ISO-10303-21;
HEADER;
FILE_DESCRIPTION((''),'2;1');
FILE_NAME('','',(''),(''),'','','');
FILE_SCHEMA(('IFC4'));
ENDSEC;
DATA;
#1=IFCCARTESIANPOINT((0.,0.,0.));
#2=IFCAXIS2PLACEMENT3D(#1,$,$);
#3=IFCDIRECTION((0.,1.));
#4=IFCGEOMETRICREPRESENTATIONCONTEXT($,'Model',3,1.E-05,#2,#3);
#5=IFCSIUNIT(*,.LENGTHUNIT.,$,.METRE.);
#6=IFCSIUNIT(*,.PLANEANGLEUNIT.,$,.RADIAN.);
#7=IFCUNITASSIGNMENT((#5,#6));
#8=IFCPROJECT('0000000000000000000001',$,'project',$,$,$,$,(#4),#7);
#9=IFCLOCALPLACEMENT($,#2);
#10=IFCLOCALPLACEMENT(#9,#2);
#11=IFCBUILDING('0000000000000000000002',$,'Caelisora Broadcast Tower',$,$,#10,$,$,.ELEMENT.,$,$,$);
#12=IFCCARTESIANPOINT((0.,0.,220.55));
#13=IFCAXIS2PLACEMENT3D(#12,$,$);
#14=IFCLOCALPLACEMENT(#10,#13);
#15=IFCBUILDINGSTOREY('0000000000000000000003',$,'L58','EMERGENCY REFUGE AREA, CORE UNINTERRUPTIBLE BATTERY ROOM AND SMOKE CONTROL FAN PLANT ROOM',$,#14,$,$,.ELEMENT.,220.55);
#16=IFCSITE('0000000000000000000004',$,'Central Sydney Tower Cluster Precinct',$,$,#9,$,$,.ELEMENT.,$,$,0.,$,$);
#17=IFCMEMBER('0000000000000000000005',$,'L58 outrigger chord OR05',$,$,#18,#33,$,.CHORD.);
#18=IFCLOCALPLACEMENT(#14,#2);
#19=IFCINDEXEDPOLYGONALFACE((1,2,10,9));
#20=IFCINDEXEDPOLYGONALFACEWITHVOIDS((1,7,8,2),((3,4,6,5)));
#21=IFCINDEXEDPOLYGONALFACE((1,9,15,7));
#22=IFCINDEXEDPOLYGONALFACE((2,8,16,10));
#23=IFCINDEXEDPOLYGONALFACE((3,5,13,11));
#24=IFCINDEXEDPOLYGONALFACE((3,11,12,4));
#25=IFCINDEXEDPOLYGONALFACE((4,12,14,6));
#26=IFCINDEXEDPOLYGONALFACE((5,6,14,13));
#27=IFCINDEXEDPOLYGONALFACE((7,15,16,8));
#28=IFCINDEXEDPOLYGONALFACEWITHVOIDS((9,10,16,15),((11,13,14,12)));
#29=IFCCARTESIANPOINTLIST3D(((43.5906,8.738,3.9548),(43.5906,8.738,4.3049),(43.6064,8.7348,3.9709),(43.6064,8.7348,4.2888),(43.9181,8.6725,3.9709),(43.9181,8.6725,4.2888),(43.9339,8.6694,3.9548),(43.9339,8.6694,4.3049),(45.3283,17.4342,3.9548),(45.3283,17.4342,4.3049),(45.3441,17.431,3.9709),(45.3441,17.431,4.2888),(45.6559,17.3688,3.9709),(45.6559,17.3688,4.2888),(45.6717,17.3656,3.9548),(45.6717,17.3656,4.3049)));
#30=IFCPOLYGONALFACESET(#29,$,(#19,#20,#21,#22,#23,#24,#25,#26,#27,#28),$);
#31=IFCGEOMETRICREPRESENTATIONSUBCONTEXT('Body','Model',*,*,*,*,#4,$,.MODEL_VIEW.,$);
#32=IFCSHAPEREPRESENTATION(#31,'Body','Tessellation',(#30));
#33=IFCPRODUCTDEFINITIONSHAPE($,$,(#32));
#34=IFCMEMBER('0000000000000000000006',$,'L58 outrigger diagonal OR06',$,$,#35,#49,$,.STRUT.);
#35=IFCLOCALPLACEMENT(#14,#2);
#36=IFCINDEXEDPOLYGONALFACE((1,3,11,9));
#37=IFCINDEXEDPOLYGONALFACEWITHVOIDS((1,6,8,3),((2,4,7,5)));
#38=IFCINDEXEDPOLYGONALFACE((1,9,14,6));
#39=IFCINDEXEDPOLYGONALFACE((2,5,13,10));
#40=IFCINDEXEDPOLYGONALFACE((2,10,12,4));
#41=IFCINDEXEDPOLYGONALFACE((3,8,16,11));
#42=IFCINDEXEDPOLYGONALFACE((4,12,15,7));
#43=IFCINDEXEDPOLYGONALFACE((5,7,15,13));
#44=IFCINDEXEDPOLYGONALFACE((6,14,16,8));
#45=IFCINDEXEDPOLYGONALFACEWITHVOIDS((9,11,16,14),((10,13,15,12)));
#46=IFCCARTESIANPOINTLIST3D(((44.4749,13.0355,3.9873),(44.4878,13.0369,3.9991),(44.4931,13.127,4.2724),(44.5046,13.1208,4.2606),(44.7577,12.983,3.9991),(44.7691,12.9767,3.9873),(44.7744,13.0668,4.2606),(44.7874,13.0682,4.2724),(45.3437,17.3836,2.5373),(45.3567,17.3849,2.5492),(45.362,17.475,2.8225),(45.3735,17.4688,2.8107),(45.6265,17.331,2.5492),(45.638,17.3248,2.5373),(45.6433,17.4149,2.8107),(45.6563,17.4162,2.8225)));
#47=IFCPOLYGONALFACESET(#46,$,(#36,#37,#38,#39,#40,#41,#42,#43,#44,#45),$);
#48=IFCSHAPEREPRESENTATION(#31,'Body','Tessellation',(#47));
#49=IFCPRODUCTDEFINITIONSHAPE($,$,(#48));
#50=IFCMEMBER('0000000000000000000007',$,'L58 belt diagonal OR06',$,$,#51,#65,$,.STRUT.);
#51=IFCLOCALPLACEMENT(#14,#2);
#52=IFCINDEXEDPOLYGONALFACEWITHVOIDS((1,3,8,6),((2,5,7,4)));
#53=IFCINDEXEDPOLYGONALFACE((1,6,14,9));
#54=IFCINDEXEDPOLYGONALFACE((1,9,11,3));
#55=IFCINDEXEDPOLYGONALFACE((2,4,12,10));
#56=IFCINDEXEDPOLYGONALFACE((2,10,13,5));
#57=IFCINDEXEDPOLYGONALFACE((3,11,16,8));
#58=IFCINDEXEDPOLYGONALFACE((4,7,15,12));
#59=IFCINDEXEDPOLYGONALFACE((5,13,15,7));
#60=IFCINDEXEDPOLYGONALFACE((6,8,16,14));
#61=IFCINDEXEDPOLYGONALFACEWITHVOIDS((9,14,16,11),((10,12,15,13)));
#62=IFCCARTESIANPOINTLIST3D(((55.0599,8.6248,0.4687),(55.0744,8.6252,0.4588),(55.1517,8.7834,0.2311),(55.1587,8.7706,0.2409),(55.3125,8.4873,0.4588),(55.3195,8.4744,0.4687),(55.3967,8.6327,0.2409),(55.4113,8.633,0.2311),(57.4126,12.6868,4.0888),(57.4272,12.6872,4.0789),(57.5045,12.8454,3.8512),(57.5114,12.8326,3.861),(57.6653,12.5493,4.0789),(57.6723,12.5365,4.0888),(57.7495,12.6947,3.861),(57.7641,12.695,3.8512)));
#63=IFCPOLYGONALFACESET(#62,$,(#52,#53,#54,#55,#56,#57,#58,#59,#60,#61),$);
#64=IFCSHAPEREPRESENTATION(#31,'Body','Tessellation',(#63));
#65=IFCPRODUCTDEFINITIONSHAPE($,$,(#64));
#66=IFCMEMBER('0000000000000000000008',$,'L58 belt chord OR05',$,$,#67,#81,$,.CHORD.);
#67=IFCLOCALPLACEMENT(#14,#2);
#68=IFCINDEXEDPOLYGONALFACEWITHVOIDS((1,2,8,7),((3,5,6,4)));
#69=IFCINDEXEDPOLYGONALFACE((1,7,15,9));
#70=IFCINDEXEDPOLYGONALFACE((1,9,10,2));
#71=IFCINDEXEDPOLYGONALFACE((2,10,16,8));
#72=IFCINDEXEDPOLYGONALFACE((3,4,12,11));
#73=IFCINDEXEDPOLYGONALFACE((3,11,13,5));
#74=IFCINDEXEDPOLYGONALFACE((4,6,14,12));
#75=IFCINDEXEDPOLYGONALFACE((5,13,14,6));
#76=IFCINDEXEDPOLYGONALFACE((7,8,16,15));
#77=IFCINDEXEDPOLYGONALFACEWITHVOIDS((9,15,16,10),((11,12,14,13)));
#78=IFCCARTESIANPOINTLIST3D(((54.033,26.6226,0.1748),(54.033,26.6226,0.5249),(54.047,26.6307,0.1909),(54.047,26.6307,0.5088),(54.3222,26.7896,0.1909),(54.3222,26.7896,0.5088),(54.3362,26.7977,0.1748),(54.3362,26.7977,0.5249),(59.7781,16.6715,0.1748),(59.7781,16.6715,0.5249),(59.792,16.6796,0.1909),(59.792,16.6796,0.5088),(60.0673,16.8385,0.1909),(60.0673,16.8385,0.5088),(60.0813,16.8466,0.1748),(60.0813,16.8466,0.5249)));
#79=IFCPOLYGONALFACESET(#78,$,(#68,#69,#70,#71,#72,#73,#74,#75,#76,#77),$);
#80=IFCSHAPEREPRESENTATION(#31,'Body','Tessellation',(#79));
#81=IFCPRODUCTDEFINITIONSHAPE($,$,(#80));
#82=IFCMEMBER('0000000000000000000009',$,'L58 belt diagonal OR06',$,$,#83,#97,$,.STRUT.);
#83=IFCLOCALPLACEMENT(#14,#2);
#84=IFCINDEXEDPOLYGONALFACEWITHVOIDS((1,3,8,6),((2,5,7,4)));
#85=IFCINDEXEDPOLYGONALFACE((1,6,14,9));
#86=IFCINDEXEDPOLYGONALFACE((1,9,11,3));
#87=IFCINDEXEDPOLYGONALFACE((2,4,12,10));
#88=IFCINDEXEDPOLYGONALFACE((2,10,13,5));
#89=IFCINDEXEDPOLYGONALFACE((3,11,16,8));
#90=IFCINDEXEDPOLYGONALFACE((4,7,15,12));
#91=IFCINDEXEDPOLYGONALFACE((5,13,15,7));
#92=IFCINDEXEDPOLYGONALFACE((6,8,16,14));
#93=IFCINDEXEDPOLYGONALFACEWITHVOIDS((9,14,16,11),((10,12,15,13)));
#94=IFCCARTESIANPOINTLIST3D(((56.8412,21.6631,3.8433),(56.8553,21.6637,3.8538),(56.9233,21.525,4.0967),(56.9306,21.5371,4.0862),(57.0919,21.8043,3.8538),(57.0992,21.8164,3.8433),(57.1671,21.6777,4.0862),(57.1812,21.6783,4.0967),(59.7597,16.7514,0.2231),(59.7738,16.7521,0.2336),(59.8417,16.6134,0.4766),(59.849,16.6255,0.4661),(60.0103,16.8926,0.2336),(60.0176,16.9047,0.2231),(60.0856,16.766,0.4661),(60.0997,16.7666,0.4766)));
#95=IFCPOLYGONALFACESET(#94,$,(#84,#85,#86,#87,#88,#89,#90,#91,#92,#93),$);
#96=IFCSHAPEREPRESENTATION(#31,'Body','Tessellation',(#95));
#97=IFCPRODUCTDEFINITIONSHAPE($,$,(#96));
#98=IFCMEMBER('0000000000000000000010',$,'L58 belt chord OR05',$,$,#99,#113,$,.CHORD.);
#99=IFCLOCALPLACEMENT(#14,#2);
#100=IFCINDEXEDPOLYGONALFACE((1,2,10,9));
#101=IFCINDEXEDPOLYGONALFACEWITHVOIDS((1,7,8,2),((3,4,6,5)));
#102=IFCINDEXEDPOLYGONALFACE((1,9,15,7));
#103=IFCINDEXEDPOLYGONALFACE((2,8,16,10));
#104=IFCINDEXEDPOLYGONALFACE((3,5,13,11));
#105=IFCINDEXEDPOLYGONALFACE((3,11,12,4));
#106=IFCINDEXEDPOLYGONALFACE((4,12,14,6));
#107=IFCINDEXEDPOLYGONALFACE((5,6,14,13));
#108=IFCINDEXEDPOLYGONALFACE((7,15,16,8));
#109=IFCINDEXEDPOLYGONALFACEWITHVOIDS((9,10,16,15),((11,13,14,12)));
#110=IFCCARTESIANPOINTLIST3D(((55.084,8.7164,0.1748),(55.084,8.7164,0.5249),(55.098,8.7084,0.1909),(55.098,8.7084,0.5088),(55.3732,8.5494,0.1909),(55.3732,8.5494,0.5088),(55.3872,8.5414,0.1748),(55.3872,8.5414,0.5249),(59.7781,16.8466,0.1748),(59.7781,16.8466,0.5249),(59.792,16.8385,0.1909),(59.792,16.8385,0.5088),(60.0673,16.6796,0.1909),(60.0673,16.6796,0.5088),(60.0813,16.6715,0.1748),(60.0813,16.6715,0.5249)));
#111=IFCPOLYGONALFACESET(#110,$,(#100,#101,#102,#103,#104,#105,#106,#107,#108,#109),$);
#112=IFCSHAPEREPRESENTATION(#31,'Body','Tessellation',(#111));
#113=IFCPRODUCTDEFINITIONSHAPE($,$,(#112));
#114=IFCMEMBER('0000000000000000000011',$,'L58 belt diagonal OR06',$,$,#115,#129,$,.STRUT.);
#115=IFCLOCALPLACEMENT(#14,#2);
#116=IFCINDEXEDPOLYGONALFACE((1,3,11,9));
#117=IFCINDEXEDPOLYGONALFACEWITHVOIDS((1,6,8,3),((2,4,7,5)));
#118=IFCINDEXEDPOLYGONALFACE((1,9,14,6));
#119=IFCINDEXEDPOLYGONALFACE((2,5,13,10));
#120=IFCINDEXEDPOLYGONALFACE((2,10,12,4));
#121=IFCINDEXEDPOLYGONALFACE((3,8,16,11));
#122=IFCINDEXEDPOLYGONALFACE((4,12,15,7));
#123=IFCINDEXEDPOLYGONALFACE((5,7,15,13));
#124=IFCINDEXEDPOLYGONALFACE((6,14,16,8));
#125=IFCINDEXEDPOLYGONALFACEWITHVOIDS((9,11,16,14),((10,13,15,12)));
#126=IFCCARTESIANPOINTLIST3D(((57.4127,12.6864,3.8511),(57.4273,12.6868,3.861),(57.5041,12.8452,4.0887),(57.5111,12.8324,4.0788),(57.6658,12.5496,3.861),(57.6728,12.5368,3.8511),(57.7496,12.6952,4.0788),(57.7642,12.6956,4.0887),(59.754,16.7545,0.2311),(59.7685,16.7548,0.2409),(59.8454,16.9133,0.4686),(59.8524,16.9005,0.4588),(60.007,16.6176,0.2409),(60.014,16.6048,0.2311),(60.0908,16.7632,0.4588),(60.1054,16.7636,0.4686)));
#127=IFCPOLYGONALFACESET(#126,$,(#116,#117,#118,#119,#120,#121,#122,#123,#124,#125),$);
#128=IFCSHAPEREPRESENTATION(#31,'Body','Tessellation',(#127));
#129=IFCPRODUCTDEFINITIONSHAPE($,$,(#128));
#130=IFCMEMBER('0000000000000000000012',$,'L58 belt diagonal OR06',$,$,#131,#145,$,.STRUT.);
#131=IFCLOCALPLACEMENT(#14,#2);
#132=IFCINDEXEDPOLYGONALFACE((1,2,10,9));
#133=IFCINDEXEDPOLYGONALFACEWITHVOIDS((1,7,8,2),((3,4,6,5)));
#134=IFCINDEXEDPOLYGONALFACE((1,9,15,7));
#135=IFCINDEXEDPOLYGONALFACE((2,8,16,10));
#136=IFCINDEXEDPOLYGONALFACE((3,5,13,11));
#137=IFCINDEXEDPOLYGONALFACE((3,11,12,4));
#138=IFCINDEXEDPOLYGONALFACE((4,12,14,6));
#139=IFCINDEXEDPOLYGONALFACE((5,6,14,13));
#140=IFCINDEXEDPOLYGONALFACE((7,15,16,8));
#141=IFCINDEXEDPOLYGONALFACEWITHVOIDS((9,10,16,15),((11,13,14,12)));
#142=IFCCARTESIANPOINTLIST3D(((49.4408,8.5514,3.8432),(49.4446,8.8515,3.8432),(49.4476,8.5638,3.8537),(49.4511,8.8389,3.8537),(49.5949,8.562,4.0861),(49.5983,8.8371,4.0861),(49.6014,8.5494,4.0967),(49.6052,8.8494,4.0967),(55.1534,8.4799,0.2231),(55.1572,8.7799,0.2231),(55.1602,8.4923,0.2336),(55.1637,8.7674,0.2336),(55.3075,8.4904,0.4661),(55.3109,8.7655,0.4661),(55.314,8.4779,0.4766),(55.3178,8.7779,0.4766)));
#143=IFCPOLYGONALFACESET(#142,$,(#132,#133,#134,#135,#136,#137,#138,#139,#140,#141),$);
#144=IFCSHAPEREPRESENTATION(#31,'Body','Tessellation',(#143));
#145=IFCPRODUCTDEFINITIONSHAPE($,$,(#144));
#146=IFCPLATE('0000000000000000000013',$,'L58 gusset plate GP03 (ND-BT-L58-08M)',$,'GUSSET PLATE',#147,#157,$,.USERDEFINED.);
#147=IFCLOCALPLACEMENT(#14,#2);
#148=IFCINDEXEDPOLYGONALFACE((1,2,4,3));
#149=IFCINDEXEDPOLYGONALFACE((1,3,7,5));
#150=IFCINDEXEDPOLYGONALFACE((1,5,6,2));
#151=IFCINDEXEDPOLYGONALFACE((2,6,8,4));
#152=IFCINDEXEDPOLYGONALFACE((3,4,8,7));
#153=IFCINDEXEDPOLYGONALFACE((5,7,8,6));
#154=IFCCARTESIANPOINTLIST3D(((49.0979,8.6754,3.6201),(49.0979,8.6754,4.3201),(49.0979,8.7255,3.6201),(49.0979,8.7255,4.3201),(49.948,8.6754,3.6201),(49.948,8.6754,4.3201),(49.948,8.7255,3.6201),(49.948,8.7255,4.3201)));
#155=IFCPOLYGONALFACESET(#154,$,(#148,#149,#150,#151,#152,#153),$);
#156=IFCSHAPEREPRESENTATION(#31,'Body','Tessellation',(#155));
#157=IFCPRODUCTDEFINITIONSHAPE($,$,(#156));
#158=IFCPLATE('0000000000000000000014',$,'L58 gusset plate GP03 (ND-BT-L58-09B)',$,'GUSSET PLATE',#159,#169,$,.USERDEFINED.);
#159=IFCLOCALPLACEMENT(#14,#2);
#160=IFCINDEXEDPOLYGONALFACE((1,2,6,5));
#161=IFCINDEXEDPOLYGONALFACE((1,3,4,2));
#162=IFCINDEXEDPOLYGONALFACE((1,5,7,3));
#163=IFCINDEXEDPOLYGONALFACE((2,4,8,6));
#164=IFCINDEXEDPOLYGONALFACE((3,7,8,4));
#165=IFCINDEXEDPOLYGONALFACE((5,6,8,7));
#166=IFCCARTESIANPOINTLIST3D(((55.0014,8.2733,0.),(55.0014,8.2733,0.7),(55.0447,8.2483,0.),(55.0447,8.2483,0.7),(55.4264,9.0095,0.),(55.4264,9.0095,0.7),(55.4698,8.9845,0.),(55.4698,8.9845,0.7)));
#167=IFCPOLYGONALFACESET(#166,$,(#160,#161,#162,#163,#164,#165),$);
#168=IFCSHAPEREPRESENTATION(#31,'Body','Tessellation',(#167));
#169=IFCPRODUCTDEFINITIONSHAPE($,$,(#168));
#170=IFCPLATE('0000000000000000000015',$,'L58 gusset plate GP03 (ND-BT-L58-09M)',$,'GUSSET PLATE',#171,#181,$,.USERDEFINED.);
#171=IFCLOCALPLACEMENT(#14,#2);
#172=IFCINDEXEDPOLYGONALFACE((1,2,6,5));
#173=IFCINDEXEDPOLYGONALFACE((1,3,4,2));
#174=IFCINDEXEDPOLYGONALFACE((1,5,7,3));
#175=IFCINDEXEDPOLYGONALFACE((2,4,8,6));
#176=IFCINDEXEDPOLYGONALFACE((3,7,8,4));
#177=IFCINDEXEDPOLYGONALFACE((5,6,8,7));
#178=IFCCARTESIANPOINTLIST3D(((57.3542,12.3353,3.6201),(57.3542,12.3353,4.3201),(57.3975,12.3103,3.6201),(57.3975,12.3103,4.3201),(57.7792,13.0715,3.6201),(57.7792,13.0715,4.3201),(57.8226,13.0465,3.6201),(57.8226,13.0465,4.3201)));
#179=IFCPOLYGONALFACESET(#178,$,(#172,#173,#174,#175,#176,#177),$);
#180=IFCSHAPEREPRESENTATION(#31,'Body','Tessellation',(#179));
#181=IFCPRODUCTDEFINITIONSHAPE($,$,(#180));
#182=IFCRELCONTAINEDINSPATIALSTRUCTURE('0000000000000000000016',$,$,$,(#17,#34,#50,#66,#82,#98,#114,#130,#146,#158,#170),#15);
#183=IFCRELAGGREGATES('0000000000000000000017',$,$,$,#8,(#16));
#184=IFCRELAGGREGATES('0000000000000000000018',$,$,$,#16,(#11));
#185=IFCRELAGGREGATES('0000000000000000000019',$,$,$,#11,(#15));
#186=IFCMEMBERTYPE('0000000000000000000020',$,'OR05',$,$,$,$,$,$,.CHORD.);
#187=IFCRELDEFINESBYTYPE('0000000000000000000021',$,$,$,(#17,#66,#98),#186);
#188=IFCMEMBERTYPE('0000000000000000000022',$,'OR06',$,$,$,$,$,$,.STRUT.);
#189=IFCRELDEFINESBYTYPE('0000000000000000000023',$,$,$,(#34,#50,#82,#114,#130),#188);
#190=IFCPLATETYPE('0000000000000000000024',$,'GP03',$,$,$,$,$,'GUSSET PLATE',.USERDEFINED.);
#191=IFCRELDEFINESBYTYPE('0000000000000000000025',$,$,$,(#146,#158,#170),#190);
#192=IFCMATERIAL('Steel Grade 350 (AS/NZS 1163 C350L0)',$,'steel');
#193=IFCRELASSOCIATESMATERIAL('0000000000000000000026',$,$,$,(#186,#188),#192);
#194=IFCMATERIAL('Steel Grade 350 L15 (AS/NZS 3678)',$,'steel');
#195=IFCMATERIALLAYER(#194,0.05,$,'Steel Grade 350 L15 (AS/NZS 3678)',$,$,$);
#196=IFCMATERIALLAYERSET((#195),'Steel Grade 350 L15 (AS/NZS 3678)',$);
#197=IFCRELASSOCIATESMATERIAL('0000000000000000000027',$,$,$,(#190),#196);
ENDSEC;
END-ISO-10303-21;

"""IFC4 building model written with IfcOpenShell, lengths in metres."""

from ifc_helpers import new_model, si_unit, direction, frame, origin, origin_2d, place, context, subcontext, project, spatial, rectangle, hollow_rectangle, extrude, source, transform, mapped, material, layer, layer_set, material_profile, profile_set, type_object, type_shapes, element, save


model = new_model("IFC4")

# Units and contexts
model_context = context("Model", 3, precision=1e-05, world=origin(), true_north=direction((0.0, 1.0)))
body_context = subcontext(model_context, "Body", "Model", "MODEL_VIEW")
ifc_project = project(units=[si_unit("LENGTHUNIT", "METRE"), si_unit("PLANEANGLEUNIT", "RADIAN")], contexts=[model_context])

# Site, building, storey
site_placement = place(None, origin())
site = spatial("IfcSite", under=ifc_project, at=site_placement, Name="Central Sydney Tower Cluster Precinct", CompositionType="ELEMENT", RefElevation=0.0)
building_placement = place(site_placement, origin())
building = spatial("IfcBuilding", under=site, at=building_placement, Name="Caelisora Broadcast Tower", CompositionType="ELEMENT")
storey_placement = place(building_placement, frame((0.0, 0.0, 220.55)))
storey = spatial("IfcBuildingStorey", under=building, at=storey_placement, Name="L58", Description="EMERGENCY REFUGE AREA, CORE UNINTERRUPTIBLE BATTERY ROOM AND SMOKE CONTROL FAN PLANT ROOM", CompositionType="ELEMENT", Elevation=220.55)

# Shared definitions
ifc_material_1 = material(Name="Steel Grade 350 L15 (AS/NZS 3678)", Category="steel")

# Shared definitions
ifc_material_2 = material(Name="Steel Grade 350 (AS/NZS 1163 C350L0)", Category="steel")

# Members
ifc_material_profile_1 = material_profile(ifc_material_2, hollow_rectangle(XDim=0.3501, YDim=0.3501, WallThickness=0.0161, at=origin_2d()), Name="Steel Grade 350 (AS/NZS 1163 C350L0)")
ifc_profile_set_1 = profile_set([ifc_material_profile_1], Name="Steel Grade 350 (AS/NZS 1163 C350L0)")
member_type_1 = type_object("IfcMemberType", Name="OR05", PredefinedType="CHORD", material=ifc_profile_set_1)
shared_shape_1 = source(origin(), body_context, "Body", "SweptSolid", [
    extrude(hollow_rectangle(XDim=0.3501, YDim=0.3501, WallThickness=0.0161, at=origin_2d()), origin(), (0.0, 0.0, 1.0), 8.8682),
])
member_1_placement = place(storey_placement, frame((45.5, 17.3999, 4.1299), z_axis=(-0.195957, -0.980612, 0.0), x_axis=(0.980612, -0.195957, 0.0)))
element("IfcMember", 1, at=member_1_placement, inside=storey, type_object=member_type_1, Name="L58 outrigger chord OR05", PredefinedType="CHORD", context=body_context, shape_type="MappedRepresentation", body=[
    mapped(shared_shape_1, transform((0.0, 0.0, 0.0), scale=1.0)),
])
ifc_material_profile_2 = material_profile(ifc_material_2, hollow_rectangle(XDim=0.3, YDim=0.3, WallThickness=0.0125, at=origin_2d()), Name="Steel Grade 350 (AS/NZS 1163 C350L0)")
ifc_profile_set_2 = profile_set([ifc_material_profile_2], Name="Steel Grade 350 (AS/NZS 1163 C350L0)")
member_type_2 = type_object("IfcMemberType", Name="OR06", PredefinedType="STRUT", material=ifc_profile_set_2)
shared_shape_2 = source(origin(), body_context, "Body", "SweptSolid", [
    extrude(hollow_rectangle(XDim=0.3, YDim=0.3, WallThickness=0.0125, at=origin_2d()), origin(), (0.0, 0.0, 1.0), 4.665),
])
member_2_placement = place(storey_placement, frame((45.5, 17.3999, 2.6799), z_axis=(-0.186252, -0.932047, 0.310804), x_axis=(0.980612, -0.195957, 0.0)))
element("IfcMember", 2, at=member_2_placement, inside=storey, type_object=member_type_2, Name="L58 outrigger diagonal OR06", PredefinedType="STRUT", context=body_context, shape_type="MappedRepresentation", body=[
    mapped(shared_shape_2, transform((0.0, 0.0, 0.0), scale=1.0)),
])
shared_shape_3 = source(origin(), body_context, "Body", "SweptSolid", [
    extrude(hollow_rectangle(XDim=0.3, YDim=0.3, WallThickness=0.0125, at=origin_2d()), origin(), (0.0, 0.0, 1.0), 5.928),
])
member_3_placement = place(storey_placement, frame((55.2356, 8.6289, 0.3499), z_axis=(0.396896, 0.685229, 0.610685), x_axis=(-0.865325, 0.501211, 0.0)))
element("IfcMember", 3, at=member_3_placement, inside=storey, type_object=member_type_2, Name="L58 belt diagonal OR06", PredefinedType="STRUT", context=body_context, shape_type="MappedRepresentation", body=[
    mapped(shared_shape_3, transform((0.0, 0.0, 0.0), scale=1.0)),
])
shared_shape_4 = source(origin(), body_context, "Body", "SweptSolid", [
    extrude(hollow_rectangle(XDim=0.3501, YDim=0.3501, WallThickness=0.0161, at=origin_2d()), origin(), (0.0, 0.0, 1.0), 11.4905),
])
member_4_placement = place(storey_placement, frame((59.9297, 16.759, 0.3499), z_axis=(-0.499987, 0.866033, 0.0), x_axis=(-0.866033, -0.499987, 0.0)))
element("IfcMember", 4, at=member_4_placement, inside=storey, type_object=member_type_1, Name="L58 belt chord OR05", PredefinedType="CHORD", context=body_context, shape_type="MappedRepresentation", body=[
    mapped(shared_shape_4, transform((0.0, 0.0, 0.0), scale=1.0)),
])
shared_shape_5 = source(origin(), body_context, "Body", "SweptSolid", [
    extrude(hollow_rectangle(XDim=0.3, YDim=0.3, WallThickness=0.0125, at=origin_2d()), origin(), (0.0, 0.0, 1.0), 6.7637),
])
member_5_placement = place(storey_placement, frame((59.9297, 16.759, 0.3499), z_axis=(-0.431493, 0.726181, 0.535233), x_axis=(-0.859687, -0.510821, 0.0)))
element("IfcMember", 5, at=member_5_placement, inside=storey, type_object=member_type_2, Name="L58 belt diagonal OR06", PredefinedType="STRUT", context=body_context, shape_type="MappedRepresentation", body=[
    mapped(shared_shape_5, transform((0.0, 0.0, 0.0), scale=1.0)),
])
shared_shape_6 = source(origin(), body_context, "Body", "SweptSolid", [
    extrude(hollow_rectangle(XDim=0.3501, YDim=0.3501, WallThickness=0.0161, at=origin_2d()), origin(), (0.0, 0.0, 1.0), 9.3879),
])
type_shapes(member_type_1, [shared_shape_1, shared_shape_4, shared_shape_6])
member_6_placement = place(storey_placement, frame((55.2356, 8.6289, 0.3499), z_axis=(0.500013, 0.866018, 0.0), x_axis=(-0.866018, 0.500013, 0.0)))
element("IfcMember", 6, at=member_6_placement, inside=storey, type_object=member_type_1, Name="L58 belt chord OR05", PredefinedType="CHORD", context=body_context, shape_type="MappedRepresentation", body=[
    mapped(shared_shape_6, transform((0.0, 0.0, 0.0), scale=1.0)),
])
shared_shape_7 = source(origin(), body_context, "Body", "SweptSolid", [
    extrude(hollow_rectangle(XDim=0.3, YDim=0.3, WallThickness=0.0125, at=origin_2d()), origin(), (0.0, 0.0, 1.0), 5.9275),
])
member_7_placement = place(storey_placement, frame((59.9297, 16.759, 0.3499), z_axis=(-0.394984, -0.6863, 0.610721), x_axis=(0.866709, -0.498814, 0.0)))
element("IfcMember", 7, at=member_7_placement, inside=storey, type_object=member_type_2, Name="L58 belt diagonal OR06", PredefinedType="STRUT", context=body_context, shape_type="MappedRepresentation", body=[
    mapped(shared_shape_7, transform((0.0, 0.0, 0.0), scale=1.0)),
])
shared_shape_8 = source(origin(), body_context, "Body", "SweptSolid", [
    extrude(hollow_rectangle(XDim=0.3, YDim=0.3, WallThickness=0.0125, at=origin_2d()), origin(), (0.0, 0.0, 1.0), 6.7634),
])
type_shapes(member_type_2, [shared_shape_2, shared_shape_3, shared_shape_5, shared_shape_7, shared_shape_8])
member_8_placement = place(storey_placement, frame((55.2356, 8.6289, 0.3499), z_axis=(-0.844631, 0.010576, 0.535245), x_axis=(-0.012521, -0.999922, 0.0)))
element("IfcMember", 8, at=member_8_placement, inside=storey, type_object=member_type_2, Name="L58 belt diagonal OR06", PredefinedType="STRUT", context=body_context, shape_type="MappedRepresentation", body=[
    mapped(shared_shape_8, transform((0.0, 0.0, 0.0), scale=1.0)),
])

# Plates
ifc_layer_1 = layer(ifc_material_1, 0.05, Name="Steel Grade 350 L15 (AS/NZS 3678)")
ifc_layer_set_1 = layer_set([ifc_layer_1], Name="Steel Grade 350 L15 (AS/NZS 3678)")
plate_type_1 = type_object("IfcPlateType", Name="GP03", ElementType="GUSSET PLATE", PredefinedType="USERDEFINED", material=ifc_layer_set_1)
shared_shape_9 = source(origin(), body_context, "Body", "SweptSolid", [
    extrude(rectangle(XDim=0.8501, YDim=0.05, at=origin_2d()), origin(), (0.0, 0.0, 1.0), 0.7),
])
type_shapes(plate_type_1, [shared_shape_9])
for number, where, z_axis, x_axis, name in (
    (9, (49.5229, 8.7004, 3.6201), (0.0, 0.0, 1.0), (1.0, 0.0, 0.0), "L58 gusset plate GP03 (ND-BT-L58-08M)"),
    (10, (55.2356, 8.6289, 0.0), (0.0, 0.0, 1.0), (0.5, 0.866025, 0.0), "L58 gusset plate GP03 (ND-BT-L58-09B)"),
    (11, (57.5884, 12.6909, 3.6201), (0.0, 0.0, 1.0), (0.5, 0.866025, 0.0), "L58 gusset plate GP03 (ND-BT-L58-09M)"),
):
    element("IfcPlate", number, at=place(storey_placement, frame(where, z_axis=z_axis, x_axis=x_axis)), inside=storey, type_object=plate_type_1, Name=name, ObjectType="GUSSET PLATE", PredefinedType="USERDEFINED", context=body_context, shape_type="MappedRepresentation", body=[
        mapped(shared_shape_9, transform((0.0, 0.0, 0.0), scale=1.0)),
    ])

save(model, "model.ifc")
